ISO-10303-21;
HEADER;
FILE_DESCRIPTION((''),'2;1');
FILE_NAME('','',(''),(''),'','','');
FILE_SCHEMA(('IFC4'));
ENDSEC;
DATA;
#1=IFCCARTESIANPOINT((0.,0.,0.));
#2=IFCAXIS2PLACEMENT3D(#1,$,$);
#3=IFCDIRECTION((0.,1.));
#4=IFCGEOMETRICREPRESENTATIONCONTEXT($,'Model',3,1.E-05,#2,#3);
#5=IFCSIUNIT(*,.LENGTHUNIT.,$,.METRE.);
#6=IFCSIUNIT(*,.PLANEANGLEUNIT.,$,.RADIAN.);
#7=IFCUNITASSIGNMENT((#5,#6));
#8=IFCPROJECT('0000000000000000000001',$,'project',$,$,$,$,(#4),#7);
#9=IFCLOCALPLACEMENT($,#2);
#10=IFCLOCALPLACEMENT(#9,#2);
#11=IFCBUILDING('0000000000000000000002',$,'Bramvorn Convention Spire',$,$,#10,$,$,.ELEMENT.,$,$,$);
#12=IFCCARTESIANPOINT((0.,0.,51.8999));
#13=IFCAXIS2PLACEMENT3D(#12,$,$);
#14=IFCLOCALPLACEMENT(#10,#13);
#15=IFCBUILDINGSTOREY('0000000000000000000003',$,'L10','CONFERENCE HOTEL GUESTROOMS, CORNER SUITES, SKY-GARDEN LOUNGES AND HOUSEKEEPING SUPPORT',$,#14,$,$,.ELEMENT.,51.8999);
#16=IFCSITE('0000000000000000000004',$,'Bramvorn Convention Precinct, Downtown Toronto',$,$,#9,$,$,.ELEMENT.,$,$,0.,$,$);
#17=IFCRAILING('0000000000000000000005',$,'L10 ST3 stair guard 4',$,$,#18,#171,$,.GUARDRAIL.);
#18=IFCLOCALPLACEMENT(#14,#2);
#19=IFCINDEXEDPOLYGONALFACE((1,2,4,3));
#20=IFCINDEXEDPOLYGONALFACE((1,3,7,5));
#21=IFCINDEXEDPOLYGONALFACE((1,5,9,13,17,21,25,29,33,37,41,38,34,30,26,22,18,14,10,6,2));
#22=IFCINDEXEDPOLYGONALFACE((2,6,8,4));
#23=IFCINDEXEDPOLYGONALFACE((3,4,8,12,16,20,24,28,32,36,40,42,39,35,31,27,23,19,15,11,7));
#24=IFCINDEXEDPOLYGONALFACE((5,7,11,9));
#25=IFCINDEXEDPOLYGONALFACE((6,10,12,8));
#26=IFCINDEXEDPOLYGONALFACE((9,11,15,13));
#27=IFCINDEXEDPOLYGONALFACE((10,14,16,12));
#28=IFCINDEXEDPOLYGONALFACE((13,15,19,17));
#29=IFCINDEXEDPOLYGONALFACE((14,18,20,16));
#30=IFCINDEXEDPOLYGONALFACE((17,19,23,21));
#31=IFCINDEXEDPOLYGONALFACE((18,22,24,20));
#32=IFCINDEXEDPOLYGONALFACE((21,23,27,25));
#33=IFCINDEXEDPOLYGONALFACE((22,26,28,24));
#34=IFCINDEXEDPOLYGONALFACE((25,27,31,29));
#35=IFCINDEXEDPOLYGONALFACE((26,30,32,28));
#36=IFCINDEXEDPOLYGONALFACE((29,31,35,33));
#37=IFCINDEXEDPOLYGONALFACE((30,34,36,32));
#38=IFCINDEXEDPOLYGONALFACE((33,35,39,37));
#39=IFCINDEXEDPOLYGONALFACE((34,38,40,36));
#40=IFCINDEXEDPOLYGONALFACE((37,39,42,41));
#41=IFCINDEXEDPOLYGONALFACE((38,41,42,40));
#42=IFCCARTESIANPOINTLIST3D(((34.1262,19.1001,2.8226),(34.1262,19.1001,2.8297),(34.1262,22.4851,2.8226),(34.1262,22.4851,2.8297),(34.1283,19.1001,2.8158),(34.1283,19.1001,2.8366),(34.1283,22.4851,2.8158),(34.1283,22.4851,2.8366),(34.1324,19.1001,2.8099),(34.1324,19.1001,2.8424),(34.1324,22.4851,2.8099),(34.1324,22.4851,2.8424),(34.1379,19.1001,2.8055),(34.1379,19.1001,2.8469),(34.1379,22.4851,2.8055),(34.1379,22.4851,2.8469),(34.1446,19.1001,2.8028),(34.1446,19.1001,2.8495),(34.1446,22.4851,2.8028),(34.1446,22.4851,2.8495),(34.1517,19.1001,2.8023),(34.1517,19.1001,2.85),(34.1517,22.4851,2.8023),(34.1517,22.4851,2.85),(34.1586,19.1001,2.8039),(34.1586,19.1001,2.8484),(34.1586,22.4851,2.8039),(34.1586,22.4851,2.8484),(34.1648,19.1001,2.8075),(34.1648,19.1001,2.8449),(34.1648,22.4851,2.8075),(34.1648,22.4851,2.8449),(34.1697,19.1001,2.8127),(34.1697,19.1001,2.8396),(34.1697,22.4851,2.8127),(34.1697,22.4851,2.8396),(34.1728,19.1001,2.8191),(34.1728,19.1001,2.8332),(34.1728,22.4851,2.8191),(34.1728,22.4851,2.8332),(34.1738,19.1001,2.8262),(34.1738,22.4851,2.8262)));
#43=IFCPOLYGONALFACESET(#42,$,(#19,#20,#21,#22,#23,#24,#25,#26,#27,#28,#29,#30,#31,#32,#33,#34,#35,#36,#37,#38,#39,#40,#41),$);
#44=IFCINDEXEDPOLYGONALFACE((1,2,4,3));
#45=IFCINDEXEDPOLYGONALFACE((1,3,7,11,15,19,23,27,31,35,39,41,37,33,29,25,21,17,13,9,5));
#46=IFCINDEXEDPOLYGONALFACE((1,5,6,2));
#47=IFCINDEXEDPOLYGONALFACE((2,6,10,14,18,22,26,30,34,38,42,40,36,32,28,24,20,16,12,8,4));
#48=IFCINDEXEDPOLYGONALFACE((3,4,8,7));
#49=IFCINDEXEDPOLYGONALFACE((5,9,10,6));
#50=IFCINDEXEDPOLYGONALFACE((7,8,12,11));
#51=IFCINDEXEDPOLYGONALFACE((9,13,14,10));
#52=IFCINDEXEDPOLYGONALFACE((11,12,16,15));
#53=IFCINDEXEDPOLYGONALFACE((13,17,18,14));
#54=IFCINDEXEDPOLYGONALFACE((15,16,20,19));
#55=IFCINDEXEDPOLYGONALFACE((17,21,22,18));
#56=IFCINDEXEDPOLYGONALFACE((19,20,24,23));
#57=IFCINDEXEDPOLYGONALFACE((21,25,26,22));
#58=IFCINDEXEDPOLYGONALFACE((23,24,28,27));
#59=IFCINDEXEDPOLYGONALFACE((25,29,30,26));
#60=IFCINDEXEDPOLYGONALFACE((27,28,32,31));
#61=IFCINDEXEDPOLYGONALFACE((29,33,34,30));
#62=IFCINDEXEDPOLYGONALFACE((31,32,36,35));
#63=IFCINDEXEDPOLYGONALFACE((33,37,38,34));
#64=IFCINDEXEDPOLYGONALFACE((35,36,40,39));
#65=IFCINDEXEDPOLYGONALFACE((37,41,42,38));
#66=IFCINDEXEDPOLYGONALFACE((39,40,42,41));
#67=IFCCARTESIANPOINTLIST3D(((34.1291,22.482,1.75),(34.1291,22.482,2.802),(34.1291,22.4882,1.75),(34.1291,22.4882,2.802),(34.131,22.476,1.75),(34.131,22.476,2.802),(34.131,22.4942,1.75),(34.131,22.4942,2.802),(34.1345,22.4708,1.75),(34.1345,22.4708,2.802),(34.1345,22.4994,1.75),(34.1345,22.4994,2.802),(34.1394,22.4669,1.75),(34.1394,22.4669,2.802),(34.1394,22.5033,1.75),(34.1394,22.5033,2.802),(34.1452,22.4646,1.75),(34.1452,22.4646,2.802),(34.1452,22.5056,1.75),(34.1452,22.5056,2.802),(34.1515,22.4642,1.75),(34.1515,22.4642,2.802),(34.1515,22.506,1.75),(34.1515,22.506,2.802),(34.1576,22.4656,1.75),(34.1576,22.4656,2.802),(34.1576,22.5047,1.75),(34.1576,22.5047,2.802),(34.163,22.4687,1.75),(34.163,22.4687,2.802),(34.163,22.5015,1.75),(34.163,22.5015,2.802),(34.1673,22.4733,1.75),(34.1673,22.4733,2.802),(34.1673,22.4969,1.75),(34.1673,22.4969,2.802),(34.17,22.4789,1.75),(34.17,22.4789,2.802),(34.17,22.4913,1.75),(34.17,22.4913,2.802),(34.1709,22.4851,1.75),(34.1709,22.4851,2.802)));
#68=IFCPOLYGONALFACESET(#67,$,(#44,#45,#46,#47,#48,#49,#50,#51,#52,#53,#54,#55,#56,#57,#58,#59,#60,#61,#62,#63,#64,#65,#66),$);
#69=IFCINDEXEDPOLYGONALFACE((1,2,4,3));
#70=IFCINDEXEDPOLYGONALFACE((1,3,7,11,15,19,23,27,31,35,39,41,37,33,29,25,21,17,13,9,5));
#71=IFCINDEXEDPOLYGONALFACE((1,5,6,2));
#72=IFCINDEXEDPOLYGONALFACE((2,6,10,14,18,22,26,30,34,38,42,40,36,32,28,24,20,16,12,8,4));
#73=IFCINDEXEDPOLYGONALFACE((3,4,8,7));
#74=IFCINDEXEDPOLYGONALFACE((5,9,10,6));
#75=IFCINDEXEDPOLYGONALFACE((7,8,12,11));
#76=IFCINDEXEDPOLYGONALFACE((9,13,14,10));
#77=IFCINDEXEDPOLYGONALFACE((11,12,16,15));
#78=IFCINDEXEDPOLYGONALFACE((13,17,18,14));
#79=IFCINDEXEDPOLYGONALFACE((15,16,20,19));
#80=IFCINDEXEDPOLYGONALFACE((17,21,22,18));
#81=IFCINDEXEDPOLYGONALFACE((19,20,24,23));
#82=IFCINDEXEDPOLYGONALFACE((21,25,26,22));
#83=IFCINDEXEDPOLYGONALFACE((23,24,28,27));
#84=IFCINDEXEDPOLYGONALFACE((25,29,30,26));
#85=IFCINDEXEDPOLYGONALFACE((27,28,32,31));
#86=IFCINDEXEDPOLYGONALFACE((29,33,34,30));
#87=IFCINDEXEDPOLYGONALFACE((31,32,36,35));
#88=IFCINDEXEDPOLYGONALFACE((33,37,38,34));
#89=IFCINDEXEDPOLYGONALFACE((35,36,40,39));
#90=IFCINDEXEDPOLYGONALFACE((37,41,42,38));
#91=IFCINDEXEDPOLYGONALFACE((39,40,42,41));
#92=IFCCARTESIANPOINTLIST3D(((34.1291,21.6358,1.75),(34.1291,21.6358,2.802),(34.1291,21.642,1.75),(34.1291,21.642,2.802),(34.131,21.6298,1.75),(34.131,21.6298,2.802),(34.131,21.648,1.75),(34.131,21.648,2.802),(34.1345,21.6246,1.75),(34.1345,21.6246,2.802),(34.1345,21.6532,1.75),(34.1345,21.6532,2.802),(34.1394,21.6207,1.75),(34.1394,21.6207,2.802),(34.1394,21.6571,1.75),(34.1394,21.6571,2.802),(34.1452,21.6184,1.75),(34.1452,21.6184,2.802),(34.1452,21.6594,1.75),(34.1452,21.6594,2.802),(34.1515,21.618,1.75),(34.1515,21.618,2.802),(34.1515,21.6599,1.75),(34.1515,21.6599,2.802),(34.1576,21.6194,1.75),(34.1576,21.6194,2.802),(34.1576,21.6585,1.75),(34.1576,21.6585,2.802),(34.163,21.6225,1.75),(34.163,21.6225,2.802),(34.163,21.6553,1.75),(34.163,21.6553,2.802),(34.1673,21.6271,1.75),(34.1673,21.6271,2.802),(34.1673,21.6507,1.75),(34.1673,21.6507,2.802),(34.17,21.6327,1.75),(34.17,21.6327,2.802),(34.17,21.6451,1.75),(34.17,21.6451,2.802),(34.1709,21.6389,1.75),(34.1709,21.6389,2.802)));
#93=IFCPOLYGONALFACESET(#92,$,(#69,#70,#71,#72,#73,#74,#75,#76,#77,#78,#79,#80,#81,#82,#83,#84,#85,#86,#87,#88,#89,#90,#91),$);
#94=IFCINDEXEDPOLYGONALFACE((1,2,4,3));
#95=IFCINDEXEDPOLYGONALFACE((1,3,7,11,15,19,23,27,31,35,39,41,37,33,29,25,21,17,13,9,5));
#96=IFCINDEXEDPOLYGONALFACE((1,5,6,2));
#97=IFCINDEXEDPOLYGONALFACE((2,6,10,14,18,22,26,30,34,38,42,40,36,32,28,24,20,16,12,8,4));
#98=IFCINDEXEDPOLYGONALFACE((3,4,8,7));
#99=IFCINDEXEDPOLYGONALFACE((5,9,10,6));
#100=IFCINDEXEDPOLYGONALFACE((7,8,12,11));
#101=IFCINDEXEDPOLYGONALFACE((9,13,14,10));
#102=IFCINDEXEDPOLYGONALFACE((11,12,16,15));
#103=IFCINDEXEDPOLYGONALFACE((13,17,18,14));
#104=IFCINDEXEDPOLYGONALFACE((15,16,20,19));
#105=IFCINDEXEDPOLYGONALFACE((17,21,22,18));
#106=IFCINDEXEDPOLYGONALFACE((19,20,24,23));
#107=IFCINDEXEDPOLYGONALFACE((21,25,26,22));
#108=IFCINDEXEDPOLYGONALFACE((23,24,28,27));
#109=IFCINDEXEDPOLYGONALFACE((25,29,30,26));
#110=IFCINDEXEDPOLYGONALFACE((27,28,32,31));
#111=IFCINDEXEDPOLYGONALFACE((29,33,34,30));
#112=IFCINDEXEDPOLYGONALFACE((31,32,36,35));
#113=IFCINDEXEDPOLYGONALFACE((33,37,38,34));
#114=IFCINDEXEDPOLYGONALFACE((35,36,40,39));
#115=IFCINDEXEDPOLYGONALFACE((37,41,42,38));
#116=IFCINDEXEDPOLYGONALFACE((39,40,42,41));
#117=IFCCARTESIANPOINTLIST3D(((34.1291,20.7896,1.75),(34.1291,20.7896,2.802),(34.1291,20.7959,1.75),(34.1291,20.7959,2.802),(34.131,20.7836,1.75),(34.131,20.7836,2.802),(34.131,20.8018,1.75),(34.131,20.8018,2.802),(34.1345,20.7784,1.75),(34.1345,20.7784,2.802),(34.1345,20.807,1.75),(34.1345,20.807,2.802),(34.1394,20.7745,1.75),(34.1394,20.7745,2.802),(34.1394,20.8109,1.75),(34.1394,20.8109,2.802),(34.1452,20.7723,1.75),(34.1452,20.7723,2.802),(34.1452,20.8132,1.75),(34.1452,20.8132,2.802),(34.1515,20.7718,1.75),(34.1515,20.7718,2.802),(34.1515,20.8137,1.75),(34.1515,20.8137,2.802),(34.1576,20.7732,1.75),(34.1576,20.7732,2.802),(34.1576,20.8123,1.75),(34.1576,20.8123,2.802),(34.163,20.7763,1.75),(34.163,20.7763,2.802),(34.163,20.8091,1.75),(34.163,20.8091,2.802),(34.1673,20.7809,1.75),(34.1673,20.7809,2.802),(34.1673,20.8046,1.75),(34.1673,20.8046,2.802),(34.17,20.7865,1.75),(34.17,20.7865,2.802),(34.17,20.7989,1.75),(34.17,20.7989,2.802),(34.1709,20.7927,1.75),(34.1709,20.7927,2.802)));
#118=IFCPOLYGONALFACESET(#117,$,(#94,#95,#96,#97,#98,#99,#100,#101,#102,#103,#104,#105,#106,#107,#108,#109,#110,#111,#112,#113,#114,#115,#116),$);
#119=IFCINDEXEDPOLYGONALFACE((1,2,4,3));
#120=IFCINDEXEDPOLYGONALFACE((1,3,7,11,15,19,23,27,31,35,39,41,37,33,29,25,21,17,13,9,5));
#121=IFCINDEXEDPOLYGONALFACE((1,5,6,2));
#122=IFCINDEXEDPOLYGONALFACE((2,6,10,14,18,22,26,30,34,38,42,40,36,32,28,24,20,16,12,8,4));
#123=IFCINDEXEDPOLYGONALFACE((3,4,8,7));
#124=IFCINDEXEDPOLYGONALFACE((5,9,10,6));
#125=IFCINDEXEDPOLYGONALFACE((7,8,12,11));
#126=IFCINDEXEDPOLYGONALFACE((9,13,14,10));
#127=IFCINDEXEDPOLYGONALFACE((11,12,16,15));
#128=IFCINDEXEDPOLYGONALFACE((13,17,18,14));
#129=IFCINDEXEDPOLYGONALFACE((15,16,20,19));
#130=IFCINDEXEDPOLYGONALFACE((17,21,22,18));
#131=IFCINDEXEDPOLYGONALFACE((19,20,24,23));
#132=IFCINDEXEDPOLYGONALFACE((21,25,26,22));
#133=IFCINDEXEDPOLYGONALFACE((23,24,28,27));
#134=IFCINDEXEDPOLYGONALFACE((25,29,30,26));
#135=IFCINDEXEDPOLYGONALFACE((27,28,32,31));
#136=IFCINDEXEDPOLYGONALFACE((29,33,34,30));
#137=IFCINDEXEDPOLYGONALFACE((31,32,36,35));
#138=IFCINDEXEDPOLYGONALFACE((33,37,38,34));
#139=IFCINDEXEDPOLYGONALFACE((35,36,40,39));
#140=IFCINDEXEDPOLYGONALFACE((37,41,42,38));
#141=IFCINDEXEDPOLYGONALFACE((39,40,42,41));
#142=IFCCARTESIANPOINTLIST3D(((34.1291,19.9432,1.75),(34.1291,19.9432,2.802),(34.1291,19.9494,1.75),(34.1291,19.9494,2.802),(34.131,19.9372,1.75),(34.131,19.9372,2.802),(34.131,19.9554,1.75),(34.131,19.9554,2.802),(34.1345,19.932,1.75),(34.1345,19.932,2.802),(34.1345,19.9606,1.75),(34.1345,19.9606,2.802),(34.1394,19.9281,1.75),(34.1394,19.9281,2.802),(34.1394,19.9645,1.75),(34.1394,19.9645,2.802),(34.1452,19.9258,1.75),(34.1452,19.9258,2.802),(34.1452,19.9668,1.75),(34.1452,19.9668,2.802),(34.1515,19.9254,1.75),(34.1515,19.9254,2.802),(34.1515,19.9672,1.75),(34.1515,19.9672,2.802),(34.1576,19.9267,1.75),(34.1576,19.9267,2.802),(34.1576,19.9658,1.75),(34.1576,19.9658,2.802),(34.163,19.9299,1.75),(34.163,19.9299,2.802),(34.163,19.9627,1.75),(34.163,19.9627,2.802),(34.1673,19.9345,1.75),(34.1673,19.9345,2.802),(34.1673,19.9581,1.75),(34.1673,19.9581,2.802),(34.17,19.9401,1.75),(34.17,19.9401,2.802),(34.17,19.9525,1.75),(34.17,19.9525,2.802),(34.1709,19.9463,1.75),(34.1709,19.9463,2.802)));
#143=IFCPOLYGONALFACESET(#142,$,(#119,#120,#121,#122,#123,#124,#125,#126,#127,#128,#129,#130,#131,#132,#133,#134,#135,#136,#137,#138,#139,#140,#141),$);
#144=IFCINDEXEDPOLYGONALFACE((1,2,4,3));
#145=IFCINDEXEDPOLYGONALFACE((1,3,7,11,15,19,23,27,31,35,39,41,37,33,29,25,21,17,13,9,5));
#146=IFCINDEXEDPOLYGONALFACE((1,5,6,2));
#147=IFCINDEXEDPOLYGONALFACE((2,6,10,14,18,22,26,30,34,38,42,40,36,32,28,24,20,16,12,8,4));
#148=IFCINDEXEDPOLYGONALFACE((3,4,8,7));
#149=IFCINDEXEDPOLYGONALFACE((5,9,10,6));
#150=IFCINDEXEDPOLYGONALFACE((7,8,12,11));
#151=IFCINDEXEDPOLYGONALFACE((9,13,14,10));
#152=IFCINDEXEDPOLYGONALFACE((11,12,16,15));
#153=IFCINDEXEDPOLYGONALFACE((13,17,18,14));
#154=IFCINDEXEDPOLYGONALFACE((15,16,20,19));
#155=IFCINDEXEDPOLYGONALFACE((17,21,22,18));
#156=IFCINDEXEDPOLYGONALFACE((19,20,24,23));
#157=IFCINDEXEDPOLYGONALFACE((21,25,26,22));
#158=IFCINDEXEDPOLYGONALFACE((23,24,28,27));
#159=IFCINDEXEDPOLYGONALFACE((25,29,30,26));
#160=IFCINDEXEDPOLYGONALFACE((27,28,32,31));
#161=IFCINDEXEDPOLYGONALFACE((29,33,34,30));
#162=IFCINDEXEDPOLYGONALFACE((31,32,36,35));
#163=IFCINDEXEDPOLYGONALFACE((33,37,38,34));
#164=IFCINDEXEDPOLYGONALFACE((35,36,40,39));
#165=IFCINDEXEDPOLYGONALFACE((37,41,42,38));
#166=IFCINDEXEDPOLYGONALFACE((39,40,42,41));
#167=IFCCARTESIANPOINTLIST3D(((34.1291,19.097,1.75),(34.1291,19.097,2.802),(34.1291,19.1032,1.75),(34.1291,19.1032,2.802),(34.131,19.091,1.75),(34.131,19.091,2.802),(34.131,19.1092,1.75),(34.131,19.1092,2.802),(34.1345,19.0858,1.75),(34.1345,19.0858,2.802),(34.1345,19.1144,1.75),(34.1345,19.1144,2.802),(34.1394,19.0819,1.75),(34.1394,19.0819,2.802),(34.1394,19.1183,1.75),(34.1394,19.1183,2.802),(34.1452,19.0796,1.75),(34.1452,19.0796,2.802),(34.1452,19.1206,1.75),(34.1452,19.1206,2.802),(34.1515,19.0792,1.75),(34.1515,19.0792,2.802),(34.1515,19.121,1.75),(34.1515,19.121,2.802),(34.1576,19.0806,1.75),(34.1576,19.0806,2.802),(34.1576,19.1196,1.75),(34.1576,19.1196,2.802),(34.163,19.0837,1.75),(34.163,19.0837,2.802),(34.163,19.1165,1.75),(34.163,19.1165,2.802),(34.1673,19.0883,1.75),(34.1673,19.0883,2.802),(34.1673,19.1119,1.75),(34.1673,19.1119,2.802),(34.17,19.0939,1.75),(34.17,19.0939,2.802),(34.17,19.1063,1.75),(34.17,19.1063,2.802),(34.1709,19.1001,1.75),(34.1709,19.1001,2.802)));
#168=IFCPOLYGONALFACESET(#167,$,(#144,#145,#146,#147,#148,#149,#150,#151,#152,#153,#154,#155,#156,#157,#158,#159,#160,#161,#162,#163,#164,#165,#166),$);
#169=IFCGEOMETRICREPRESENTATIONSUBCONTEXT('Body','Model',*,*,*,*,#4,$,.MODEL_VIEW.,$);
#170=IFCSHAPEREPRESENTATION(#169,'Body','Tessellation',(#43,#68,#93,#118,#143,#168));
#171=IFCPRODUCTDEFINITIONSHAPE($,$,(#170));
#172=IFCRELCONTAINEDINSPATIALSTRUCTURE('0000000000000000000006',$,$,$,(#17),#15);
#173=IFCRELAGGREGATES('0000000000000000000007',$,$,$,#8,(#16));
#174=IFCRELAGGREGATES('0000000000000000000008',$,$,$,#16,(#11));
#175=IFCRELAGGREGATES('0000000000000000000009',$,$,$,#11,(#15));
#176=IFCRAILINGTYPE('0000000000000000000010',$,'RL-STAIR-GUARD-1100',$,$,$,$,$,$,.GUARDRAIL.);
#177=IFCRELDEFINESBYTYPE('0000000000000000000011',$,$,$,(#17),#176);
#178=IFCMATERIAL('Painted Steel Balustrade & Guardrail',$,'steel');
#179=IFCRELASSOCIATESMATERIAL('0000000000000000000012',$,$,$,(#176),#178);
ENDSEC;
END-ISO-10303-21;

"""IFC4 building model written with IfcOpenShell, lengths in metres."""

from ifc_helpers import new_model, si_unit, direction, frame, origin, origin_2d, place, context, subcontext, project, spatial, circle, extrude, material, type_object, element, save


model = new_model("IFC4")

# Units and contexts
model_context = context("Model", 3, precision=1e-05, world=origin(), true_north=direction((0.0, 1.0)))
body_context = subcontext(model_context, "Body", "Model", "MODEL_VIEW")
ifc_project = project(units=[si_unit("LENGTHUNIT", "METRE"), si_unit("PLANEANGLEUNIT", "RADIAN")], contexts=[model_context])

# Site, building, storey
site_placement = place(None, origin())
site = spatial("IfcSite", under=ifc_project, at=site_placement, Name="Bramvorn Convention Precinct, Downtown Toronto", CompositionType="ELEMENT", RefElevation=0.0)
building_placement = place(site_placement, origin())
building = spatial("IfcBuilding", under=site, at=building_placement, Name="Bramvorn Convention Spire", CompositionType="ELEMENT")
storey_placement = place(building_placement, frame((0.0, 0.0, 51.8999)))
storey = spatial("IfcBuildingStorey", under=building, at=storey_placement, Name="L10", Description="CONFERENCE HOTEL GUESTROOMS, CORNER SUITES, SKY-GARDEN LOUNGES AND HOUSEKEEPING SUPPORT", CompositionType="ELEMENT", Elevation=51.8999)

# Railing
ifc_material_1 = material(Name="Painted Steel Balustrade & Guardrail", Category="steel")
railing_type_1 = type_object("IfcRailingType", Name="RL-STAIR-GUARD-1100", PredefinedType="GUARDRAIL", material=ifc_material_1)
for number, where, name in (
    (1, (34.1499, 22.4851, 1.75), "L10 ST3 stair guard 4"),
):
    element("IfcRailing", number, at=place(storey_placement, frame(where)), inside=storey, type_object=railing_type_1, Name=name, PredefinedType="GUARDRAIL", context=body_context, shape_type="SweptSolid", body=[
        extrude(circle(Radius=0.0239, at=origin_2d()), frame((0.0, 0.0, 1.0762), z_axis=(0.0, -1.0, 0.0), x_axis=(1.0, 0.0, 0.0)), (0.0, 0.0, 1.0), 3.385),
        extrude(circle(Radius=0.021, at=origin_2d()), origin(), (0.0, 0.0, 1.0), 1.052),
        extrude(circle(Radius=0.021, at=origin_2d()), frame((0.0, -0.8462, 0.0)), (0.0, 0.0, 1.0), 1.052),
        extrude(circle(Radius=0.021, at=origin_2d()), frame((0.0, -1.6924, 0.0)), (0.0, 0.0, 1.0), 1.052),
        extrude(circle(Radius=0.021, at=origin_2d()), frame((0.0, -2.5388, 0.0)), (0.0, 0.0, 1.0), 1.052),
        extrude(circle(Radius=0.021, at=origin_2d()), frame((0.0, -3.385, 0.0)), (0.0, 0.0, 1.0), 1.052),
    ])

save(model, "model.ifc")
